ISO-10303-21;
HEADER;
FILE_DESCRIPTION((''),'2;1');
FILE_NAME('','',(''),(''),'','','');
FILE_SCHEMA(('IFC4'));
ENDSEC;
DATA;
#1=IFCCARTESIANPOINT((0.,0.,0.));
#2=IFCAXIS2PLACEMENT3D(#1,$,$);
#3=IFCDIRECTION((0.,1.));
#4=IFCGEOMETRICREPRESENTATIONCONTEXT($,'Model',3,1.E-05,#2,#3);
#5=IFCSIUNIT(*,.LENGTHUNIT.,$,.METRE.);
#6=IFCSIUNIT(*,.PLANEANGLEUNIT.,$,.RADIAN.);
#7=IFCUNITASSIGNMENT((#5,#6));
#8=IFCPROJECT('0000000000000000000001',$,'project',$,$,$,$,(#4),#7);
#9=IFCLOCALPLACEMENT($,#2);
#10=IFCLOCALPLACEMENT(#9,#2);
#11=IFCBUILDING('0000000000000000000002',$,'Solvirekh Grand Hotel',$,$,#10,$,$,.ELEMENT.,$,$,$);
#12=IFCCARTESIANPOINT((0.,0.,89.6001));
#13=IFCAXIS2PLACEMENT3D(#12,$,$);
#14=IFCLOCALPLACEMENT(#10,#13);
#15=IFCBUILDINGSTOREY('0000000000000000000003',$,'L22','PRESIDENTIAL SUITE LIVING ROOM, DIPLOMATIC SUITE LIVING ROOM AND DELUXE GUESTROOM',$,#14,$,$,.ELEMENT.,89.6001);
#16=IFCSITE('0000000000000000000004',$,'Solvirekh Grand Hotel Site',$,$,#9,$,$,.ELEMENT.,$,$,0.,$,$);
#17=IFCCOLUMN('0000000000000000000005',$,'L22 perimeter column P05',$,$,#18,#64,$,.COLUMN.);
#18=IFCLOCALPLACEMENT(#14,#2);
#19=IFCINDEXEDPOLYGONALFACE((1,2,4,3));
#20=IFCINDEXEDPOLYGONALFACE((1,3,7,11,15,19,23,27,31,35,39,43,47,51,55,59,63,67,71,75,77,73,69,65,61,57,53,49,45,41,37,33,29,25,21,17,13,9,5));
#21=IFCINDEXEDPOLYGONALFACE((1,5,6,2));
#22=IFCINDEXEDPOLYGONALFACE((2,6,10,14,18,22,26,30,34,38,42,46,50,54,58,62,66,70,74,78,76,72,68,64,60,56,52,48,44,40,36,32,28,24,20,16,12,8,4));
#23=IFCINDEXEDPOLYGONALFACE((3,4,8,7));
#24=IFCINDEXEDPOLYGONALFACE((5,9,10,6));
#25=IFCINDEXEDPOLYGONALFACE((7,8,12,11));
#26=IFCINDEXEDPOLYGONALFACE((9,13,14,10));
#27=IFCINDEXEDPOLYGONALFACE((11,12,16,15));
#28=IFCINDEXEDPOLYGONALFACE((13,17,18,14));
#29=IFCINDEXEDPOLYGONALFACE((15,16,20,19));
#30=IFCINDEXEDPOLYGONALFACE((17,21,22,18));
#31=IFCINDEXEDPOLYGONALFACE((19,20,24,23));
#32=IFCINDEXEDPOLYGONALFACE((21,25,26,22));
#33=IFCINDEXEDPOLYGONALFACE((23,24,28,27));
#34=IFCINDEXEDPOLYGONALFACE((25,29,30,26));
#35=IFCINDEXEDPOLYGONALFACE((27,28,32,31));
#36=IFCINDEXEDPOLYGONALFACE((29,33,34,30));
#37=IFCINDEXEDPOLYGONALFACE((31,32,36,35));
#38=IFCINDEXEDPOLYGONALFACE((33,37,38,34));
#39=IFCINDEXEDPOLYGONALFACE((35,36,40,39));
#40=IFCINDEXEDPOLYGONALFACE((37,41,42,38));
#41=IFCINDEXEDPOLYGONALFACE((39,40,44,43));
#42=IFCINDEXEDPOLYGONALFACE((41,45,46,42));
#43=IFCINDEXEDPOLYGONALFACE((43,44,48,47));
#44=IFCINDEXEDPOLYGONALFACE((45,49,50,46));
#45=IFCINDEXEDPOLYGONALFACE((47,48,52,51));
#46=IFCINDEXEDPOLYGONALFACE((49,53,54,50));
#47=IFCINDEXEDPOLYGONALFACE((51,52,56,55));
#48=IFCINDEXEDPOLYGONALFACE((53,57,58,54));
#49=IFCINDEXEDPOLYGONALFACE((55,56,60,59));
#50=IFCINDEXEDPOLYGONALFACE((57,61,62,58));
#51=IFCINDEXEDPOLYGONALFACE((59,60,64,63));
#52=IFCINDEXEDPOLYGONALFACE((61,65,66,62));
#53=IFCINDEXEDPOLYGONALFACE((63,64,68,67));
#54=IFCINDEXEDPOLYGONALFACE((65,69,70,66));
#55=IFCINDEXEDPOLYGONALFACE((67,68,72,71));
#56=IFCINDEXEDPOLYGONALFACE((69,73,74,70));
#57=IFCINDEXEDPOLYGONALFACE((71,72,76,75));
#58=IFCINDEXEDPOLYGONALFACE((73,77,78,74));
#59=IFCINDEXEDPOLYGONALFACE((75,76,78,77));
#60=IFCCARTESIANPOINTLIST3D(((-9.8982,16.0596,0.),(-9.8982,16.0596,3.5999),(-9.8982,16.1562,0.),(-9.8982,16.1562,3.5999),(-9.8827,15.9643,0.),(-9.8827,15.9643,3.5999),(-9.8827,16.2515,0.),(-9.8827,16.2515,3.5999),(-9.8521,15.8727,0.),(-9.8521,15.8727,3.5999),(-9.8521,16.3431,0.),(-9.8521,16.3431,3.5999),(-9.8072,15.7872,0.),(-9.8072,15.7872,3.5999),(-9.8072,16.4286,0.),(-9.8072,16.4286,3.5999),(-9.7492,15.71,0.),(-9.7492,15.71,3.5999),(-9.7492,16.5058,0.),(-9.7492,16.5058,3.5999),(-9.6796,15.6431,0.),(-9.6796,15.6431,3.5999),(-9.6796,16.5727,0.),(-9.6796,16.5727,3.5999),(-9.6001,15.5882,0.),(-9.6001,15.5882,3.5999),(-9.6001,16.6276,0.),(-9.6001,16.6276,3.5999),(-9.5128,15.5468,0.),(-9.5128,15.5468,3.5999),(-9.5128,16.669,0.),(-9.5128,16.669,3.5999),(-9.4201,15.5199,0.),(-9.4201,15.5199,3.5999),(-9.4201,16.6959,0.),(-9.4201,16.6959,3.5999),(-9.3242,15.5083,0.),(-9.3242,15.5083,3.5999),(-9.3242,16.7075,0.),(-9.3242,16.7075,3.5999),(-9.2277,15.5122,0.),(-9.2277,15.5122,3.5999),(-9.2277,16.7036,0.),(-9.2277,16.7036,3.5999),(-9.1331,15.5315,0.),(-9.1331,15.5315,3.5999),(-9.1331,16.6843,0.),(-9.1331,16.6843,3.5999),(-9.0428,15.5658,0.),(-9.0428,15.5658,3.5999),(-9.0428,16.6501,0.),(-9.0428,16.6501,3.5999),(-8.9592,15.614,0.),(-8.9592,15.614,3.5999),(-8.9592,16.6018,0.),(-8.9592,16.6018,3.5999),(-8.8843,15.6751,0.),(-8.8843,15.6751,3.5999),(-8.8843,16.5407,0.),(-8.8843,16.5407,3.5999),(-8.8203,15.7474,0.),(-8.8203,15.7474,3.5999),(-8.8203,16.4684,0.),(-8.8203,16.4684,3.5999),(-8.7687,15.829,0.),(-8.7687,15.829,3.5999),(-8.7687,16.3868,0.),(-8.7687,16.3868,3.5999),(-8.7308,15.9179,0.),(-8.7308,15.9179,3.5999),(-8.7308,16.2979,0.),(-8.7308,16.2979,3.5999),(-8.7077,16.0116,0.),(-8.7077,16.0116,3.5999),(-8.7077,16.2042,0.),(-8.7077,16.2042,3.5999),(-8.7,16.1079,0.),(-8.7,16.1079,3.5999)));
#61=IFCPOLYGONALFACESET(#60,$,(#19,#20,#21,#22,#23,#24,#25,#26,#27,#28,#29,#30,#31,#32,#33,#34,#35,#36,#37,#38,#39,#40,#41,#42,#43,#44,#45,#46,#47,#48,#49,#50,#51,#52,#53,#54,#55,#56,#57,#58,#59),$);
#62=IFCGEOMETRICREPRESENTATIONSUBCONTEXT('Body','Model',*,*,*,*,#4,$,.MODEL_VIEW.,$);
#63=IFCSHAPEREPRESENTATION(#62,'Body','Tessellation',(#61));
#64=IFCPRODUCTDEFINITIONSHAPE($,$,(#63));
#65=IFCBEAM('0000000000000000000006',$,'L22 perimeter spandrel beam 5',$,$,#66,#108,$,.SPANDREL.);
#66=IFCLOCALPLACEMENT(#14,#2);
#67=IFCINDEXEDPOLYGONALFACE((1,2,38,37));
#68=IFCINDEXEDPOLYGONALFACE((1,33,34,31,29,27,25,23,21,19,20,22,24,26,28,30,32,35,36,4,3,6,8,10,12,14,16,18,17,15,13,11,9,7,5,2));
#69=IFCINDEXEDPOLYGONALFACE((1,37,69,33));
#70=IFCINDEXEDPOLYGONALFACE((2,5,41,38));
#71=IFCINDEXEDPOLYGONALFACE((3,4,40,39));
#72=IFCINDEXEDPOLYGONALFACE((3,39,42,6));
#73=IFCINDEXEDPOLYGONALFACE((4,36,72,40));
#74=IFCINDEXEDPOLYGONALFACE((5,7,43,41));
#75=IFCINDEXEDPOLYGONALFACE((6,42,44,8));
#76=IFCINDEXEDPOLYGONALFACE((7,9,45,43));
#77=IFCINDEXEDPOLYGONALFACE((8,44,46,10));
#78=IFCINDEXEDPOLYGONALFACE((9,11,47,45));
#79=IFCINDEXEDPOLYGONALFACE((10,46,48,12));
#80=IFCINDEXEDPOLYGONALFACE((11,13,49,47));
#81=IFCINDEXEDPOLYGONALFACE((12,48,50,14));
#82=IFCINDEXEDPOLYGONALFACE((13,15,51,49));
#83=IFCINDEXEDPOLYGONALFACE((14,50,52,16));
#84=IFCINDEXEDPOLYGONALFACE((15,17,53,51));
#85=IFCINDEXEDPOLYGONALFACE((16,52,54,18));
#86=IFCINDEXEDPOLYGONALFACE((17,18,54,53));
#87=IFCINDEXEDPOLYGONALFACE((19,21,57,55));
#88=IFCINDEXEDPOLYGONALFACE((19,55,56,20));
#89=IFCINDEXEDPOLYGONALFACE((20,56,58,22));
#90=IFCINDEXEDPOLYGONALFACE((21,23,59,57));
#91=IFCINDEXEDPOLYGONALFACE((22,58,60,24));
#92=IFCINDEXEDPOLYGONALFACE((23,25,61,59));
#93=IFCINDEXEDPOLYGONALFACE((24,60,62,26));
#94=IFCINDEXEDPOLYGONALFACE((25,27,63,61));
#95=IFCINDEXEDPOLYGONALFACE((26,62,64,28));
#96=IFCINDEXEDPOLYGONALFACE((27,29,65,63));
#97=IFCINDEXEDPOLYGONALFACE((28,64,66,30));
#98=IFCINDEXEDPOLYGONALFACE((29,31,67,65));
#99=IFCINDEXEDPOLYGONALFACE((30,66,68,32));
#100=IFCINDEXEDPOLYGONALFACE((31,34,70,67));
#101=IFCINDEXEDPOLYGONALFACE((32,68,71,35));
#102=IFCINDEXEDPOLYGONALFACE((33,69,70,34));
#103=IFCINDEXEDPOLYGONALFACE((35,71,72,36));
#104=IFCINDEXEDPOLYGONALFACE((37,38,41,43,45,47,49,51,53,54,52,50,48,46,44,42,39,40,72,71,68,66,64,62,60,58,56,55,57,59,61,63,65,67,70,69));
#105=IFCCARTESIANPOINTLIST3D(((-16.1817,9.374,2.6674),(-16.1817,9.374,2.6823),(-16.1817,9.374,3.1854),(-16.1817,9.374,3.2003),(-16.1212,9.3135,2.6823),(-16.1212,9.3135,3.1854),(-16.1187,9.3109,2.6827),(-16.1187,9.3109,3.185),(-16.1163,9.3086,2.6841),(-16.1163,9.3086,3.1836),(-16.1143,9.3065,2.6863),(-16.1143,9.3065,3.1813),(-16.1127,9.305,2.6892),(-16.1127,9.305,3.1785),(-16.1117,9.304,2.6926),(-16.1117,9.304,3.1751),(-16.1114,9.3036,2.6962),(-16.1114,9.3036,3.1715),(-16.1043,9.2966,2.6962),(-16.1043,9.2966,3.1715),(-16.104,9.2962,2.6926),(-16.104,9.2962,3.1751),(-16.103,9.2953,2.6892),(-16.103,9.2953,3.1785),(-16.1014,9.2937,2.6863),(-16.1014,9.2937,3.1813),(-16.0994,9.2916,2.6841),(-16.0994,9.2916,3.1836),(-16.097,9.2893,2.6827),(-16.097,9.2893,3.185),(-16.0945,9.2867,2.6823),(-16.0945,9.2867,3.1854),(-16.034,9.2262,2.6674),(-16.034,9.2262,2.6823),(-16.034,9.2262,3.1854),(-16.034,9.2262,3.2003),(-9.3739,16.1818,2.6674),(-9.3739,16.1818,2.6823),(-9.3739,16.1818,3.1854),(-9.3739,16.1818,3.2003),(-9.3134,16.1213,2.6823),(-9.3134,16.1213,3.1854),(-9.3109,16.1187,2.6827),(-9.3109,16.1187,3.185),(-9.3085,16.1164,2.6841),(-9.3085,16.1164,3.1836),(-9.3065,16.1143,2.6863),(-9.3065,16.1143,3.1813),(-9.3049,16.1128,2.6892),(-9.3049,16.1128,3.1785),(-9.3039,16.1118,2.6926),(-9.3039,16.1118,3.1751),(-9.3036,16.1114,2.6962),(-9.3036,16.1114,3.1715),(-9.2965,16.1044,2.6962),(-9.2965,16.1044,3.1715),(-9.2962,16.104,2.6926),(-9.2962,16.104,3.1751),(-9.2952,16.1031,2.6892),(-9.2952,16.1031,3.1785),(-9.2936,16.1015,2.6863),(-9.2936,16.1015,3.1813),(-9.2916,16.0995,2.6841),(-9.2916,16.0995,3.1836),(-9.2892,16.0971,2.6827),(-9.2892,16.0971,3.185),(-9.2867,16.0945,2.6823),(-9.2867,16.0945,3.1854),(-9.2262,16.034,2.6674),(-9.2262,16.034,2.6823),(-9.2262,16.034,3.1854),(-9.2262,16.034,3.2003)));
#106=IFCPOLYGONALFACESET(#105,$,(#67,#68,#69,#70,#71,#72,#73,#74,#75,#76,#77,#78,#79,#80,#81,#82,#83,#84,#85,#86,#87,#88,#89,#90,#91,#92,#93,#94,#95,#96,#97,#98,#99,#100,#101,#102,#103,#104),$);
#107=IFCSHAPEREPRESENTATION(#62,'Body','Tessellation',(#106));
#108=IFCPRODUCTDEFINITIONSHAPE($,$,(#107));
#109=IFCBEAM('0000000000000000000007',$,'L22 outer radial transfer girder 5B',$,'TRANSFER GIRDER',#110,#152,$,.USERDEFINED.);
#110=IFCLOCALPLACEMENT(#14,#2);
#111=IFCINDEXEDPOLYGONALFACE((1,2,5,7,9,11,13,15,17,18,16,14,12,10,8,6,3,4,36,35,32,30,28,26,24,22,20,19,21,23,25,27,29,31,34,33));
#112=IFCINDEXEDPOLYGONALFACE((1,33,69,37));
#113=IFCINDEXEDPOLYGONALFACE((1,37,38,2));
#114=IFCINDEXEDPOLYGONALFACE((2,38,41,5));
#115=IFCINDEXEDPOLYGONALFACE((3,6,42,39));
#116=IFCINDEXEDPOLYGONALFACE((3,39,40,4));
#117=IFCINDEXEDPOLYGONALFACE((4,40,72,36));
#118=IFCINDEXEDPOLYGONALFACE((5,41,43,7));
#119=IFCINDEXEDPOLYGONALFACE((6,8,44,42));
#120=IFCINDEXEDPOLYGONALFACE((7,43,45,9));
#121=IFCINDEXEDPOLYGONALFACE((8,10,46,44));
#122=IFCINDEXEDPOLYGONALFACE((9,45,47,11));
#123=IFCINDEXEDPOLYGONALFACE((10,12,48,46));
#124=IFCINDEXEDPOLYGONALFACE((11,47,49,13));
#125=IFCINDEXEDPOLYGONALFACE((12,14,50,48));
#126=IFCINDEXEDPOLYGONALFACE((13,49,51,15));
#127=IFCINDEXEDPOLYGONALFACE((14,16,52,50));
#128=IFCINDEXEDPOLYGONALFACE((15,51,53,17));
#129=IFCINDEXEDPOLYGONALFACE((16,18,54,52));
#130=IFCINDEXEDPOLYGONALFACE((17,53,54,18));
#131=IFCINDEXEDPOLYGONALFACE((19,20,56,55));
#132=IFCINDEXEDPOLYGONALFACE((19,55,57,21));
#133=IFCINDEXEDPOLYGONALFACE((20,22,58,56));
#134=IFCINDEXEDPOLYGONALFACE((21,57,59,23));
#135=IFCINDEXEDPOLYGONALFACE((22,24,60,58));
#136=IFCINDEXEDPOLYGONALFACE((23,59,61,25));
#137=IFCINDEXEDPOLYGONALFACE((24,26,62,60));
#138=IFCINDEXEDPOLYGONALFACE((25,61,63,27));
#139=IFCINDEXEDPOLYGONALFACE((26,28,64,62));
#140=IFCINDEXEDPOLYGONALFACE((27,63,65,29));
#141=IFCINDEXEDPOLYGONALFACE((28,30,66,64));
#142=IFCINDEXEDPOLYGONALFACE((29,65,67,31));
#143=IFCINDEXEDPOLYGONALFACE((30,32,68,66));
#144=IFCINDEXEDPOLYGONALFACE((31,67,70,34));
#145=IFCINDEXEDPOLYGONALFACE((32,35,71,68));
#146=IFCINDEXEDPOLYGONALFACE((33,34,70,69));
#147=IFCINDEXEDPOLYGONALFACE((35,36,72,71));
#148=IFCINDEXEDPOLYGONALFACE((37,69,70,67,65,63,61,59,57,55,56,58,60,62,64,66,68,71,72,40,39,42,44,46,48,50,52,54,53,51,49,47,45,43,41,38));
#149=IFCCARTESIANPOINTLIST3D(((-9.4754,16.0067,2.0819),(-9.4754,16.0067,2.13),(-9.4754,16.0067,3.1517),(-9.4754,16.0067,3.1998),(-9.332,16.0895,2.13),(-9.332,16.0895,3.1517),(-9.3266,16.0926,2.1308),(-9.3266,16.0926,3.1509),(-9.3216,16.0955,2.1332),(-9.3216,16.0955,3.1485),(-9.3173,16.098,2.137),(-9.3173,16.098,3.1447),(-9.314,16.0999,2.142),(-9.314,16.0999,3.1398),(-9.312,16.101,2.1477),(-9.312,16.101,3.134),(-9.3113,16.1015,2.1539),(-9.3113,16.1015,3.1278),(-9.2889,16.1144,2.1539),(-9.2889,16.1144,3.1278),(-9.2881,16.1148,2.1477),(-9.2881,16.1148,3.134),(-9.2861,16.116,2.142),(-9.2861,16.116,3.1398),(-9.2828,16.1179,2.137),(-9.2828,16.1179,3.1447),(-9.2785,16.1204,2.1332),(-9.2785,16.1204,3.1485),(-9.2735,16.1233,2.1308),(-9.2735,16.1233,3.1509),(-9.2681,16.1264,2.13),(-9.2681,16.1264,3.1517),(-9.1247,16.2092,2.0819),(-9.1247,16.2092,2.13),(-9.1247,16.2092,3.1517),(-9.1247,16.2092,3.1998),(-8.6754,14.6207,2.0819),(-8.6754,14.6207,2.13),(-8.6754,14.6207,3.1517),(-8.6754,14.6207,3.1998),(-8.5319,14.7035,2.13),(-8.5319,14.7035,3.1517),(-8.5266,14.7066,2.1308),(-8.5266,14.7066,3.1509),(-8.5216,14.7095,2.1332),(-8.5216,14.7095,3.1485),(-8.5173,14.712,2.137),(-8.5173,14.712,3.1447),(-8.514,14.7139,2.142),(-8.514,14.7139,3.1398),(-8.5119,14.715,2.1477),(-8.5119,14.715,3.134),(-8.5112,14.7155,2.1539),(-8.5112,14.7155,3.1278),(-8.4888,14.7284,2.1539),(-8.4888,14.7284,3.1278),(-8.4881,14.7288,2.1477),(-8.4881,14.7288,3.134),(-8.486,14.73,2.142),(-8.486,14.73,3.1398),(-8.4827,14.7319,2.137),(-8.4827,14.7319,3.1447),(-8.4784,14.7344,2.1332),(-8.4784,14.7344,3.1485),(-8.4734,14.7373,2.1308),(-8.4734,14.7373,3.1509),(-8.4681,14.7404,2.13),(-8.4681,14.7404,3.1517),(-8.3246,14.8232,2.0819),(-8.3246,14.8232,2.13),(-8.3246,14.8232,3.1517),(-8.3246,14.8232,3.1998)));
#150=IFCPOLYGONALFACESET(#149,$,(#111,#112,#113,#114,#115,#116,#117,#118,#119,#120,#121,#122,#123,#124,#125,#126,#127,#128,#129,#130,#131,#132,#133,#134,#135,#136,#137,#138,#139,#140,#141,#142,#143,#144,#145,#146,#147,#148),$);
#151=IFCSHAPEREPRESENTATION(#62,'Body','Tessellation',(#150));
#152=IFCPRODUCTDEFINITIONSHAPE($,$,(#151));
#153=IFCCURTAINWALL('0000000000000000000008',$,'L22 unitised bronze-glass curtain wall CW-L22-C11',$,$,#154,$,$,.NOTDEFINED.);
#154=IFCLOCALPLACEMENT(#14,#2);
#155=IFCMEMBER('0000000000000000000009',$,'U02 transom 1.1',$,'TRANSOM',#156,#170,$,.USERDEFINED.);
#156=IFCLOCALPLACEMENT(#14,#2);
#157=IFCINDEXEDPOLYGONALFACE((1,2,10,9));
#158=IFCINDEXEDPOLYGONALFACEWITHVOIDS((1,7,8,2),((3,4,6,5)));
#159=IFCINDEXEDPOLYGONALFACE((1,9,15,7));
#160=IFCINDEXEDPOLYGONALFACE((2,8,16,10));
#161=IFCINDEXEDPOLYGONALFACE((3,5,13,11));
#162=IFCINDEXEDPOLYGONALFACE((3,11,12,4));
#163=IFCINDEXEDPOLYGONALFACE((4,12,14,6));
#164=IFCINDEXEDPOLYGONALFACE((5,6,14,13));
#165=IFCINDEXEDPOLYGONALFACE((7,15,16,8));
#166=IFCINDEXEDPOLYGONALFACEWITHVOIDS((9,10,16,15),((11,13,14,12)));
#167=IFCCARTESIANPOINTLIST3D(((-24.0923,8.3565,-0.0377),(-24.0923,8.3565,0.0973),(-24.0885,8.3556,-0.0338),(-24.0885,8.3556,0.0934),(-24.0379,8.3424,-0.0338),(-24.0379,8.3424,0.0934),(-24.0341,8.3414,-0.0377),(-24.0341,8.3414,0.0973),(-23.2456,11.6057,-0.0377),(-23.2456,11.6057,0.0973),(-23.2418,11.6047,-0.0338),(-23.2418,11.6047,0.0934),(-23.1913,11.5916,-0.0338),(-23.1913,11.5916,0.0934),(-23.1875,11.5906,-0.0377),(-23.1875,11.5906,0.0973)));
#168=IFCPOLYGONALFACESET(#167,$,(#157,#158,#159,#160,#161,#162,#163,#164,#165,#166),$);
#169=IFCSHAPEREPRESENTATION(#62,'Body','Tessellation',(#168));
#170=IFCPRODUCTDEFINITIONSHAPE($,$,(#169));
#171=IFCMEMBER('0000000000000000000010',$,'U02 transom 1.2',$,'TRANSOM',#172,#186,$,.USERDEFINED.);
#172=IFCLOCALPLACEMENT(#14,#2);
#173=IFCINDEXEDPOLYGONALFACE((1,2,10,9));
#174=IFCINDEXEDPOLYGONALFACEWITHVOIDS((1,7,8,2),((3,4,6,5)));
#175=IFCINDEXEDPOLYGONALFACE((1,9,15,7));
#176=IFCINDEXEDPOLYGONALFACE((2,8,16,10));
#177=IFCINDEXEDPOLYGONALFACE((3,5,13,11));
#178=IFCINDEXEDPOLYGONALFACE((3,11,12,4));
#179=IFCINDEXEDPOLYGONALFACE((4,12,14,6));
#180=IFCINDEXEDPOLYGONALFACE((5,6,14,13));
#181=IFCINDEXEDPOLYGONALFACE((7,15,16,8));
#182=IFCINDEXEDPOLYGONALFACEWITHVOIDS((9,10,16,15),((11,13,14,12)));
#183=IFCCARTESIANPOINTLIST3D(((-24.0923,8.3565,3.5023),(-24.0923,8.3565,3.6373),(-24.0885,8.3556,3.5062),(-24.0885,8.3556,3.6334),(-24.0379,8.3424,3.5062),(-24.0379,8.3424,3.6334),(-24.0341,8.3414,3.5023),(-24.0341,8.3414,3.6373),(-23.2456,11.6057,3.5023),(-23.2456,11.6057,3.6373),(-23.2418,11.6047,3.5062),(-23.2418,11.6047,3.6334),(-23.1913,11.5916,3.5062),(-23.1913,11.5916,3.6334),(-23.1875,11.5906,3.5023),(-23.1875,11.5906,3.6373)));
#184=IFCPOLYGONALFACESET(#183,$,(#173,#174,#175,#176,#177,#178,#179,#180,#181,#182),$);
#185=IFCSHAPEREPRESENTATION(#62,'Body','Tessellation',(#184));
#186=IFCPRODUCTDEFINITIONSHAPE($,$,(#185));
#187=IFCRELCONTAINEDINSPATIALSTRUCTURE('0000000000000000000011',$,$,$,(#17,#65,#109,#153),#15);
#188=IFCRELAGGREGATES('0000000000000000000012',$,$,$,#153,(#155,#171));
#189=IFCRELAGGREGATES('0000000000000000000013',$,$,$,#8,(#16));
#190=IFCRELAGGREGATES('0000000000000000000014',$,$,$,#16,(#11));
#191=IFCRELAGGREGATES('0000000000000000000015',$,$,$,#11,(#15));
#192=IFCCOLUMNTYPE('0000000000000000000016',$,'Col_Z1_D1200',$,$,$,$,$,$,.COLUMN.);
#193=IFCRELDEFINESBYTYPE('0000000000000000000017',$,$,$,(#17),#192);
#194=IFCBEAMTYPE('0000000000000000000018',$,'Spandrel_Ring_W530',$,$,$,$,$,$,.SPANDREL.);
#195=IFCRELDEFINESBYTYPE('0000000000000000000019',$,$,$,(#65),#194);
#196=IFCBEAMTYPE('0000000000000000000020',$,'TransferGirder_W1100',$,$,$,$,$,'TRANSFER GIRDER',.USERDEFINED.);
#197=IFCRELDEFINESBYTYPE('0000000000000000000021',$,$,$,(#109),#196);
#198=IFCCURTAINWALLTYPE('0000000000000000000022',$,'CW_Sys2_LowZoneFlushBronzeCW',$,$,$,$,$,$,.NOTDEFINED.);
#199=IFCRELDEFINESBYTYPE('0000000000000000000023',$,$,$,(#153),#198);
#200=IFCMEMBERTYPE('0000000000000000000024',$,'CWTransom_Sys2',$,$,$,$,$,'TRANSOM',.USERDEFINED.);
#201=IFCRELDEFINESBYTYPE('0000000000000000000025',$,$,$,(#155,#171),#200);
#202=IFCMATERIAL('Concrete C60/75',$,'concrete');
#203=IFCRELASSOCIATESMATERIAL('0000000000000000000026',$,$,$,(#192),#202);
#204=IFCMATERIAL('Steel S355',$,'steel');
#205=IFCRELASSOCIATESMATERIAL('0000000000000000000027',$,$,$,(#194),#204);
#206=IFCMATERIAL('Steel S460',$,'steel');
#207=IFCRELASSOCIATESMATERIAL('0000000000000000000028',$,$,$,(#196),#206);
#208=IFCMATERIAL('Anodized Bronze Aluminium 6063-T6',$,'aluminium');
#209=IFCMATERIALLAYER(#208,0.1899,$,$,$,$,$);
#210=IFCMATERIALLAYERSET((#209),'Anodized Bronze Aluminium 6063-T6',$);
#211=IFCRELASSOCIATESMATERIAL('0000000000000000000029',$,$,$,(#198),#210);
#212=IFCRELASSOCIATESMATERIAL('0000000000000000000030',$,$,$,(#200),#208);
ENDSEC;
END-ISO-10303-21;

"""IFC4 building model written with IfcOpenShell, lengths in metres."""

from ifc_helpers import new_model, si_unit, direction, frame, origin, origin_2d, place, context, subcontext, project, spatial, hollow_rectangle, circle, i_section, extrude, source, transform, mapped, material, layer, layer_set, material_profile, profile_set, type_object, element, aggregate, save


model = new_model("IFC4")

# Units and contexts
model_context = context("Model", 3, precision=1e-05, world=origin(), true_north=direction((0.0, 1.0)))
body_context = subcontext(model_context, "Body", "Model", "MODEL_VIEW")
ifc_project = project(units=[si_unit("LENGTHUNIT", "METRE"), si_unit("PLANEANGLEUNIT", "RADIAN")], contexts=[model_context])

# Site, building, storey
site_placement = place(None, origin())
site = spatial("IfcSite", under=ifc_project, at=site_placement, Name="Solvirekh Grand Hotel Site", CompositionType="ELEMENT", RefElevation=0.0)
building_placement = place(site_placement, origin())
building = spatial("IfcBuilding", under=site, at=building_placement, Name="Solvirekh Grand Hotel", CompositionType="ELEMENT")
storey_placement = place(building_placement, frame((0.0, 0.0, 89.6001)))
storey = spatial("IfcBuildingStorey", under=building, at=storey_placement, Name="L22", Description="PRESIDENTIAL SUITE LIVING ROOM, DIPLOMATIC SUITE LIVING ROOM AND DELUXE GUESTROOM", CompositionType="ELEMENT", Elevation=89.6001)

# Column
ifc_material_1 = material(Name="Concrete C60/75", Category="concrete")
ifc_material_profile_1 = material_profile(ifc_material_1, circle(Radius=0.6001, at=origin_2d()), Name="RC CIRC D1200")
ifc_profile_set_1 = profile_set([ifc_material_profile_1], Name="Concrete C60/75")
column_type = type_object("IfcColumnType", Name="Col_Z1_D1200", PredefinedType="COLUMN", material=ifc_profile_set_1)
column_placement = place(storey_placement, frame((-9.3, 16.1079, 0.0), z_axis=(0.0, 0.0, 1.0), x_axis=(1.0, 0.0, 0.0)))
element("IfcColumn", 1, at=column_placement, inside=storey, type_object=column_type, Name="L22 perimeter column P05", PredefinedType="COLUMN", context=body_context, shape_type="SweptSolid", body=[
    extrude(circle(Radius=0.6001, at=origin_2d()), origin(), (0.0, 0.0, 1.0), 3.5999),
])

# Beams
ifc_material_2 = material(Name="Steel S355", Category="steel")
ifc_material_profile_2 = material_profile(ifc_material_2, i_section(OverallWidth=0.209, OverallDepth=0.533, WebThickness=0.01, FlangeThickness=0.0149, FilletRadius=0.0139, at=origin_2d()), Name="W530X92")
ifc_profile_set_2 = profile_set([ifc_material_profile_2], Name="Steel S355")
beam_type_1 = type_object("IfcBeamType", Name="Spandrel_Ring_W530", PredefinedType="SPANDREL", material=ifc_profile_set_2)
beam_1_placement = place(storey_placement, frame((-9.3, 16.1079, 2.9338), z_axis=(-0.707107, -0.707107, 0.0), x_axis=(0.707107, -0.707107, 0.0)))
element("IfcBeam", 2, at=beam_1_placement, inside=storey, type_object=beam_type_1, Name="L22 perimeter spandrel beam 5", PredefinedType="SPANDREL", context=body_context, shape_type="SweptSolid", body=[
    extrude(i_section(OverallWidth=0.209, OverallDepth=0.533, WebThickness=0.01, FlangeThickness=0.0149, FilletRadius=0.0139, at=origin_2d()), origin(), (0.0, 0.0, 1.0), 9.6277),
])
ifc_material_3 = material(Name="Steel S460", Category="steel")
ifc_material_profile_3 = material_profile(ifc_material_3, i_section(OverallWidth=0.405, OverallDepth=1.1179, WebThickness=0.0259, FlangeThickness=0.0481, FilletRadius=0.0239, at=origin_2d()), Name="W1100X499")
ifc_profile_set_3 = profile_set([ifc_material_profile_3], Name="Steel S460")
beam_type_2 = type_object("IfcBeamType", Name="TransferGirder_W1100", ElementType="TRANSFER GIRDER", PredefinedType="USERDEFINED", material=ifc_profile_set_3)
beam_2_placement = place(storey_placement, frame((-8.5, 14.7219, 2.6409), z_axis=(-0.499929, 0.866066, 0.0), x_axis=(-0.866066, -0.499929, 0.0)))
element("IfcBeam", 3, at=beam_2_placement, inside=storey, type_object=beam_type_2, Name="L22 outer radial transfer girder 5B", ObjectType="TRANSFER GIRDER", PredefinedType="USERDEFINED", context=body_context, shape_type="SweptSolid", body=[
    extrude(i_section(OverallWidth=0.405, OverallDepth=1.1179, WebThickness=0.0259, FlangeThickness=0.0481, FilletRadius=0.0239, at=origin_2d()), origin(), (0.0, 0.0, 1.0), 1.6003),
])

# Curtain wall, members
ifc_material_4 = material(Name="Anodized Bronze Aluminium 6063-T6", Category="aluminium")
ifc_layer_1 = layer(ifc_material_4, 0.1899)
ifc_layer_set_1 = layer_set([ifc_layer_1], Name="Anodized Bronze Aluminium 6063-T6")
curtain_wall_type = type_object("IfcCurtainWallType", Name="CW_Sys2_LowZoneFlushBronzeCW", PredefinedType="NOTDEFINED", material=ifc_layer_set_1)
curtain_wall_1_placement = place(storey_placement, origin())
curtain_wall_1 = element("IfcCurtainWall", 4, at=curtain_wall_1_placement, inside=storey, type_object=curtain_wall_type, Name="L22 unitised bronze-glass curtain wall CW-L22-C11", PredefinedType="NOTDEFINED")
ifc_material_profile_4 = material_profile(ifc_material_4, hollow_rectangle(XDim=0.0601, YDim=0.135, WallThickness=0.0039, at=origin_2d()), Name="ALU RHS 135X60X4")
ifc_profile_set_4 = profile_set([ifc_material_profile_4], Name="Anodized Bronze Aluminium 6063-T6")
member_type_1 = type_object("IfcMemberType", Name="CWTransom_Sys2", ElementType="TRANSOM", PredefinedType="USERDEFINED", material=ifc_profile_set_4)
shared_shape_1 = source(origin(), body_context, "Body", "SweptSolid", [
    extrude(hollow_rectangle(XDim=0.0601, YDim=0.135, WallThickness=0.0039, at=origin_2d()), origin(), (0.0, 0.0, 1.0), 3.3577),
])
member_1_placement = place(storey_placement, frame((-23.2166, 11.5981, 0.0298), z_axis=(-0.252156, -0.967687, 0.0), x_axis=(0.967687, -0.252156, 0.0)))
member_1 = element("IfcMember", 5, at=member_1_placement, type_object=member_type_1, Name="U02 transom 1.1", ObjectType="TRANSOM", PredefinedType="USERDEFINED", context=body_context, shape_type="MappedRepresentation", body=[
    mapped(shared_shape_1, transform((0.0, 0.0, 0.0), x_axis=(1.0, 0.0, 0.0), y_axis=(0.0, 1.0, 0.0), z_axis=(0.0, 0.0, 1.0), scale=1.0)),
])
member_2_placement = place(storey_placement, frame((-23.2166, 11.5981, 3.5698), z_axis=(-0.252156, -0.967687, 0.0), x_axis=(0.967687, -0.252156, 0.0)))
member_2 = element("IfcMember", 6, at=member_2_placement, type_object=member_type_1, Name="U02 transom 1.2", ObjectType="TRANSOM", PredefinedType="USERDEFINED", context=body_context, shape_type="MappedRepresentation", body=[
    mapped(shared_shape_1, transform((0.0, 0.0, 0.0), x_axis=(1.0, 0.0, 0.0), y_axis=(0.0, 1.0, 0.0), z_axis=(0.0, 0.0, 1.0), scale=1.0)),
])

aggregate(curtain_wall_1, [member_1, member_2])

save(model, "model.ifc")
